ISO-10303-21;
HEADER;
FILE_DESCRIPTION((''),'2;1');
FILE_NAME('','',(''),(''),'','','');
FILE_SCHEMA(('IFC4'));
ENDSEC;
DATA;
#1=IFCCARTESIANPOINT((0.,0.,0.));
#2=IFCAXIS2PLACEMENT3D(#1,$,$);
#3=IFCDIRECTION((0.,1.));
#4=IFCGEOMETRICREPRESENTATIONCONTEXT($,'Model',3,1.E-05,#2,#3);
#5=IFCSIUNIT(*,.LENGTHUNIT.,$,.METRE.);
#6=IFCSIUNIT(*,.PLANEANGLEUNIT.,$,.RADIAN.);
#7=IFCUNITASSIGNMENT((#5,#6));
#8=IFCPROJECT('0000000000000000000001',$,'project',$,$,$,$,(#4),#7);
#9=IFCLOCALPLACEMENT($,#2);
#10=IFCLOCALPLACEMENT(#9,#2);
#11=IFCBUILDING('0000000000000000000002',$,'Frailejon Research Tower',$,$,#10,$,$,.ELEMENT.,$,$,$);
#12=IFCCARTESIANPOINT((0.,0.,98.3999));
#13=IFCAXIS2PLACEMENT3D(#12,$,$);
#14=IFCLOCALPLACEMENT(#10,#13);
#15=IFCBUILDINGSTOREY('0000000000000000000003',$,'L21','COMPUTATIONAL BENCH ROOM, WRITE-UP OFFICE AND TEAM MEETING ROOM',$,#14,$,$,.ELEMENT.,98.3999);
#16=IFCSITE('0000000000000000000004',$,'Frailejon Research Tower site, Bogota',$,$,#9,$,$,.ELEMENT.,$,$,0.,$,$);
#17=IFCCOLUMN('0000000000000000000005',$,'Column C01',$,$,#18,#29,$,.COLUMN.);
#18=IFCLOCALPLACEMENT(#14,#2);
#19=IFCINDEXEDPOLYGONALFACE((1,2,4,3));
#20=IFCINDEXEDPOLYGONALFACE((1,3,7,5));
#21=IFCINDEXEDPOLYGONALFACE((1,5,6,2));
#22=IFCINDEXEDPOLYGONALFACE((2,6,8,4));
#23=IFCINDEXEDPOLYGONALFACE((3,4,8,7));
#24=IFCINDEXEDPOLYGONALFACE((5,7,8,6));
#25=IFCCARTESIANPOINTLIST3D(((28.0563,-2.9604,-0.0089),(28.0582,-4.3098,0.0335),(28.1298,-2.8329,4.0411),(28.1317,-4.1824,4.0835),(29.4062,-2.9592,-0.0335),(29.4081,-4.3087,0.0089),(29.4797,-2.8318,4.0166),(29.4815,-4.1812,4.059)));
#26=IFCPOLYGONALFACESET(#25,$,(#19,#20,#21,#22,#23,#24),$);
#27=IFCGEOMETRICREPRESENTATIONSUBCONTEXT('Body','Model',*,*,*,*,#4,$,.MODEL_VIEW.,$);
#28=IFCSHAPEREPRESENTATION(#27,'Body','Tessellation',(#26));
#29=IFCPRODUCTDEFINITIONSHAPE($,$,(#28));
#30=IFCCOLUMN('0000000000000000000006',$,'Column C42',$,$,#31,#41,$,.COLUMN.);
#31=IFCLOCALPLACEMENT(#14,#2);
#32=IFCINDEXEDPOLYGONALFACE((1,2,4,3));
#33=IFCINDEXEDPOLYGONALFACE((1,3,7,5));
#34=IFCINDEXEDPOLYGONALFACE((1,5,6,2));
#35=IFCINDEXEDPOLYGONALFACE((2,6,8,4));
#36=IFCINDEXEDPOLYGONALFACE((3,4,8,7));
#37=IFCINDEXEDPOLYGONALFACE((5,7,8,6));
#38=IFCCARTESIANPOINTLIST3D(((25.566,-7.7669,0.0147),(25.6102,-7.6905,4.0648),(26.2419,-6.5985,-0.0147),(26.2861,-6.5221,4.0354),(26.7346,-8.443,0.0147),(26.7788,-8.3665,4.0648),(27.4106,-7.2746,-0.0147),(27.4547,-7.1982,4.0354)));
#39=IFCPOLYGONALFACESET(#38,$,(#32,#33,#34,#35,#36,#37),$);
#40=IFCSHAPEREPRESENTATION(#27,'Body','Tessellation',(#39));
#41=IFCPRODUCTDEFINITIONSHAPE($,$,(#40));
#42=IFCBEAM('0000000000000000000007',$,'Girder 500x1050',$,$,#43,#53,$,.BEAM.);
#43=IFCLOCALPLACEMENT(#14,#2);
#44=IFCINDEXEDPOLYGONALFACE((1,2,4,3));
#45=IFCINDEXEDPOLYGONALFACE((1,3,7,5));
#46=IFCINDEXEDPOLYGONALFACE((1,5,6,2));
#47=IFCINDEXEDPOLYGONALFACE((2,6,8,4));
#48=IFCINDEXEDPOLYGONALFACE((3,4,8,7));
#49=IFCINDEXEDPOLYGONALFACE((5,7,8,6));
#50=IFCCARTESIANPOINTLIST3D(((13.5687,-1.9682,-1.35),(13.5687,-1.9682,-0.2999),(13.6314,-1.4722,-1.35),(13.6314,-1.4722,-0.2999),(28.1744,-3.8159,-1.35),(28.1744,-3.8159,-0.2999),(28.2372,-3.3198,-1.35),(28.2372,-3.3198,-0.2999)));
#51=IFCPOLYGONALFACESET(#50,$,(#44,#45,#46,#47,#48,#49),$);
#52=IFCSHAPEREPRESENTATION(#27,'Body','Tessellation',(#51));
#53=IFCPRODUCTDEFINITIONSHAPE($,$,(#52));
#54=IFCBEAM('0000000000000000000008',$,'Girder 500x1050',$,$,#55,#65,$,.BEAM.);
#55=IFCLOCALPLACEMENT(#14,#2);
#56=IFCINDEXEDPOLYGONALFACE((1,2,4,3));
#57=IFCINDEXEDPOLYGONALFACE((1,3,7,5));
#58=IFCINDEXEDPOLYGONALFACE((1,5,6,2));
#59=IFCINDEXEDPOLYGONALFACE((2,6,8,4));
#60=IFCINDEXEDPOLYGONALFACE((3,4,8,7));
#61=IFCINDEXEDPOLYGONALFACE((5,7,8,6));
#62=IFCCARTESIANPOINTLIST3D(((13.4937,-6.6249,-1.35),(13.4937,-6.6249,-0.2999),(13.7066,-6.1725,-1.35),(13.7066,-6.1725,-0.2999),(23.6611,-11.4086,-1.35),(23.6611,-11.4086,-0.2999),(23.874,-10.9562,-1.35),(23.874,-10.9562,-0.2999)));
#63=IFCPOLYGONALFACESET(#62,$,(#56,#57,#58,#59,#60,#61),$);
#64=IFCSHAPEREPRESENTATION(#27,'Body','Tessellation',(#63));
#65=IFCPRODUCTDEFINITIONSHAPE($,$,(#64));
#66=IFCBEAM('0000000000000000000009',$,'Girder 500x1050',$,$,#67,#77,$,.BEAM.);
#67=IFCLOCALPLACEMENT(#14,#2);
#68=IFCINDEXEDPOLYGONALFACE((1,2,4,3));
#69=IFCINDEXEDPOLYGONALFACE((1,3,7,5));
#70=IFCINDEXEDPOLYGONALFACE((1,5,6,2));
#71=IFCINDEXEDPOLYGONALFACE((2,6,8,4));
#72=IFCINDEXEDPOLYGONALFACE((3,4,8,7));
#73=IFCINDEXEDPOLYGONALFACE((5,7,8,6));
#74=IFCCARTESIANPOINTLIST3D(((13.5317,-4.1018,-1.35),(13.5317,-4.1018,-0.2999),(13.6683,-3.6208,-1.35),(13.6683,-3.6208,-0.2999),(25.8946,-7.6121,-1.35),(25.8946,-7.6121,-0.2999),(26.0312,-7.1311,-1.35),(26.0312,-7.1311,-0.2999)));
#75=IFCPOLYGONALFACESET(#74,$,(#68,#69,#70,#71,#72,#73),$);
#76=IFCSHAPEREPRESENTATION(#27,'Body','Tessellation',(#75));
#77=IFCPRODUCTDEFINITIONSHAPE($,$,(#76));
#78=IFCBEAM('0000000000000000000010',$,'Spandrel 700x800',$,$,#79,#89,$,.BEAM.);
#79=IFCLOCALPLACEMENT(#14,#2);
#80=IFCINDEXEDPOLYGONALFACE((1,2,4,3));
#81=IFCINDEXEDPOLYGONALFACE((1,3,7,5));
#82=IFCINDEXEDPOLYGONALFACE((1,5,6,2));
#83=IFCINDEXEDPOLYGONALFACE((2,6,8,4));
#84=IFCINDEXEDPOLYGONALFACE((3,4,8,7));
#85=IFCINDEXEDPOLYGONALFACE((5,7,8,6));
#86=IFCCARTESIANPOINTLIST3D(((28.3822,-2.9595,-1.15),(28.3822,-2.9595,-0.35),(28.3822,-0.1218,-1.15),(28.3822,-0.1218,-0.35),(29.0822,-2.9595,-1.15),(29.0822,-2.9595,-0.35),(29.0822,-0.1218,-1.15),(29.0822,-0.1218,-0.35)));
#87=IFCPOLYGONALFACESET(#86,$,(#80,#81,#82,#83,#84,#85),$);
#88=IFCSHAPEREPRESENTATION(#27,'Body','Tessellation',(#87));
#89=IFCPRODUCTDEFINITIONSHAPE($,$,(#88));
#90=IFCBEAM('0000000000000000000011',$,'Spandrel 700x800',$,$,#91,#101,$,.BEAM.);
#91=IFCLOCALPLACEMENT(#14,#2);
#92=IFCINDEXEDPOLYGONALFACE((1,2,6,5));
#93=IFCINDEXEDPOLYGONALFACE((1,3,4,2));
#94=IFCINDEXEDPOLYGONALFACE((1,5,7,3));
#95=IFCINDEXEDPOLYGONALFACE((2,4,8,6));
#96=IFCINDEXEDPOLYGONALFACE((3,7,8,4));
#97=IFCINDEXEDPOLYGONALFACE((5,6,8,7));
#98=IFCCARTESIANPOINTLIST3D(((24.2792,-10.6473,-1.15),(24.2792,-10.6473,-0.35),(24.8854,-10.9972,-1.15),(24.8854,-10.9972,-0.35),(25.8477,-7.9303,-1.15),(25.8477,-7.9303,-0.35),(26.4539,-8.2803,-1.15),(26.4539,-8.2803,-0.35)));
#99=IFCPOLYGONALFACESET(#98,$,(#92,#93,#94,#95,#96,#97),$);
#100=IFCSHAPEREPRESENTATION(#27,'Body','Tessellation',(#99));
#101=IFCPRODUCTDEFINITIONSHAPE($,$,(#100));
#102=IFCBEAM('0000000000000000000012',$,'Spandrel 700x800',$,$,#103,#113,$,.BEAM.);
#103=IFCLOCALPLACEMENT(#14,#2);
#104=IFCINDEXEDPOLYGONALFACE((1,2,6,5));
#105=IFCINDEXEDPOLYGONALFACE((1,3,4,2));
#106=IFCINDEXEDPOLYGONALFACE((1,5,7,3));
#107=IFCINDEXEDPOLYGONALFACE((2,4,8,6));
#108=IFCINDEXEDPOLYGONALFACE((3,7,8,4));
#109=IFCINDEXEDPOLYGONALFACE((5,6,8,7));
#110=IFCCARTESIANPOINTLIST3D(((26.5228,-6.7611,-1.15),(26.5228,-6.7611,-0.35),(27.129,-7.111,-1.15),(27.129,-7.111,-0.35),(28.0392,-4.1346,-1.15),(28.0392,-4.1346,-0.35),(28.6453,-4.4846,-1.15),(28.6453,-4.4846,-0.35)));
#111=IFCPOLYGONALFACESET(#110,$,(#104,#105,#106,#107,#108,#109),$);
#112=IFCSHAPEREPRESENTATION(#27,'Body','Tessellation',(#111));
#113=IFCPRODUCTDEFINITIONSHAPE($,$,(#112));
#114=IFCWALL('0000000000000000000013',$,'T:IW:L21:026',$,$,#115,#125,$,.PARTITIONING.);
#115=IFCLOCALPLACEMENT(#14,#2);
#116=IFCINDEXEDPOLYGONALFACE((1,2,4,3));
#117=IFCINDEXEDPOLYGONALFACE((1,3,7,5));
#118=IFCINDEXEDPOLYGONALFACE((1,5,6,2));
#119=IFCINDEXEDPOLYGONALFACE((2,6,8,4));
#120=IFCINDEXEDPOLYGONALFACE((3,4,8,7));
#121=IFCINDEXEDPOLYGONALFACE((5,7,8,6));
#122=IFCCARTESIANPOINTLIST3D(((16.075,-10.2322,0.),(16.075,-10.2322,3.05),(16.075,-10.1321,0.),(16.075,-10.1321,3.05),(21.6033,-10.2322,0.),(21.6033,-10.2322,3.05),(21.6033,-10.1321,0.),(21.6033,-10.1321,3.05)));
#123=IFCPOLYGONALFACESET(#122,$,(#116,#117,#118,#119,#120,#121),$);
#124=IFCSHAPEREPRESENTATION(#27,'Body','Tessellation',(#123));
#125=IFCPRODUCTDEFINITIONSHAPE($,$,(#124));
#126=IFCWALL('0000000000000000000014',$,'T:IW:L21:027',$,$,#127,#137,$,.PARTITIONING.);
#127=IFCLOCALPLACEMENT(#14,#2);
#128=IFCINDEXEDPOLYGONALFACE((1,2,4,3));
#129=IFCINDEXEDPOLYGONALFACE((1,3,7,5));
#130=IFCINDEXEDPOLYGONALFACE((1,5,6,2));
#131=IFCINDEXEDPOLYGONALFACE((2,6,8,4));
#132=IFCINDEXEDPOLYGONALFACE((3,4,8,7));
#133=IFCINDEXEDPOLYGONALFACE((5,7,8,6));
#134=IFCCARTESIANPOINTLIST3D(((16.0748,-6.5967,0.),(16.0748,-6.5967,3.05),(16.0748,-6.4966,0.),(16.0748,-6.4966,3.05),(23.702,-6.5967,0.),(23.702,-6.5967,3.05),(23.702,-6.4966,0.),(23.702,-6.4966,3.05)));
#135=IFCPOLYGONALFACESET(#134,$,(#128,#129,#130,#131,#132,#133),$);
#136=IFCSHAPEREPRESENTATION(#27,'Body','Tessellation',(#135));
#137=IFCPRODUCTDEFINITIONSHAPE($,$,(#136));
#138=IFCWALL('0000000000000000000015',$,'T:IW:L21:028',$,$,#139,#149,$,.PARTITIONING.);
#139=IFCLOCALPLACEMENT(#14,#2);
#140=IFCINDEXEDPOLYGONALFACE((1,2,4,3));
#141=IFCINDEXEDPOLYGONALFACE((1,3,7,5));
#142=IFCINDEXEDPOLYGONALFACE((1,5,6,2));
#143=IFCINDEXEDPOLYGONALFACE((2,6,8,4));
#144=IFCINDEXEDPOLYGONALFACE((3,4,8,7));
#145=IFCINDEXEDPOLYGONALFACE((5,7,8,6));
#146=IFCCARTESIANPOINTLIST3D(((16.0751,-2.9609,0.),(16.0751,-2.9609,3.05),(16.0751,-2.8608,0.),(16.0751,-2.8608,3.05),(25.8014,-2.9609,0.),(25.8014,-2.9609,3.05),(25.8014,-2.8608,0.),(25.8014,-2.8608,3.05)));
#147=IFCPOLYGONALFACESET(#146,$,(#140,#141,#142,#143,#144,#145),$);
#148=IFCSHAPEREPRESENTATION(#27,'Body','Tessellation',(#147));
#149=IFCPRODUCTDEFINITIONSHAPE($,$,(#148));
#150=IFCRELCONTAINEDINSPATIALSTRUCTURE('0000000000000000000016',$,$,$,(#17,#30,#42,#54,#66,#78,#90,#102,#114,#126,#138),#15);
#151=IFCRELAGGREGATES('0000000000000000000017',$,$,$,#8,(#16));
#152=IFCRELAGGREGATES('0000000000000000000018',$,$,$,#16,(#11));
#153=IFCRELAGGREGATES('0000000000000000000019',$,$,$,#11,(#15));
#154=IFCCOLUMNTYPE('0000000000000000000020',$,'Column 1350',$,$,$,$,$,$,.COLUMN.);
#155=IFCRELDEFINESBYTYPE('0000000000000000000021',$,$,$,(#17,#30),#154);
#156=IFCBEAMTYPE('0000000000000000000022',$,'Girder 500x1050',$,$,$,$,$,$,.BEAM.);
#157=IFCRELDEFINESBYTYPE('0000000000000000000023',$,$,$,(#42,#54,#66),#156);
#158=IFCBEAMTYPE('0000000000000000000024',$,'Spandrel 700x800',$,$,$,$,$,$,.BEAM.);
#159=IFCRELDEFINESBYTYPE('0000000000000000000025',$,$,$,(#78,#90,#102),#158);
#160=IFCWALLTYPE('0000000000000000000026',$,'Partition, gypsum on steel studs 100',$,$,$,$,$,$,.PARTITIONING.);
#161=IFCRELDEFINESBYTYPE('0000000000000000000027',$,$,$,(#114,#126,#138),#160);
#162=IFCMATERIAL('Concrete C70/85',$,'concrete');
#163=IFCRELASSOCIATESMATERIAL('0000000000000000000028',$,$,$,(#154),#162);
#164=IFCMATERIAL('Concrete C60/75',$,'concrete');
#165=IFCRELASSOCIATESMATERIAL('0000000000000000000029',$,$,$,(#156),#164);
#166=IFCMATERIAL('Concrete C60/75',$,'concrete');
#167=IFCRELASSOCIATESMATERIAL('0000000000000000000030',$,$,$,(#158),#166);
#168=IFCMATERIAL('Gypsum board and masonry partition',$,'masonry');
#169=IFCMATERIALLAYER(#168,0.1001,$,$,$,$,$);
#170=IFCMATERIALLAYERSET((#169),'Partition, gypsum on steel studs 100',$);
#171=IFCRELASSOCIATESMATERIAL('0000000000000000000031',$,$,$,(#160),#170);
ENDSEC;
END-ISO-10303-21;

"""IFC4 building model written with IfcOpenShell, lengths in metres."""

from ifc_helpers import new_model, si_unit, direction, frame, frame_2d, origin, origin_2d, place, context, subcontext, project, spatial, rectangle, extrude, material, layer, layer_set, material_profile, profile_set, type_object, element, save


model = new_model("IFC4")

# Units and contexts
model_context = context("Model", 3, precision=1e-05, world=origin(), true_north=direction((0.0, 1.0)))
body_context = subcontext(model_context, "Body", "Model", "MODEL_VIEW")
ifc_project = project(units=[si_unit("LENGTHUNIT", "METRE"), si_unit("PLANEANGLEUNIT", "RADIAN")], contexts=[model_context])

# Site, building, storey
site_placement = place(None, origin())
site = spatial("IfcSite", under=ifc_project, at=site_placement, Name="Frailejon Research Tower site, Bogota", CompositionType="ELEMENT", RefElevation=0.0)
building_placement = place(site_placement, origin())
building = spatial("IfcBuilding", under=site, at=building_placement, Name="Frailejon Research Tower", CompositionType="ELEMENT")
storey_placement = place(building_placement, frame((0.0, 0.0, 98.3999)))
storey = spatial("IfcBuildingStorey", under=building, at=storey_placement, Name="L21", Description="COMPUTATIONAL BENCH ROOM, WRITE-UP OFFICE AND TEAM MEETING ROOM", CompositionType="ELEMENT", Elevation=98.3999)

# Columns
ifc_material_1 = material(Name="Concrete C70/85", Category="concrete")
ifc_material_profile_1 = material_profile(ifc_material_1, rectangle(XDim=1.3501, YDim=1.3501, at=origin_2d()), Name="Column 1350")
ifc_profile_set_1 = profile_set([ifc_material_profile_1], Name="Concrete C70/85")
column_type = type_object("IfcColumnType", Name="Column 1350", PredefinedType="COLUMN", material=ifc_profile_set_1)
column_1_placement = place(storey_placement, frame((28.7322, -3.6345, 0.0), z_axis=(0.018133, 0.031446, 0.999341), x_axis=(-0.001396, 0.999505, -0.031426)))
element("IfcColumn", 1, at=column_1_placement, inside=storey, type_object=column_type, Name="Column C01", PredefinedType="COLUMN", context=body_context, shape_type="SweptSolid", body=[
    extrude(rectangle(XDim=1.3501, YDim=1.3501, at=origin_2d()), origin(), (0.0, 0.0, 1.0), 4.0527),
])
column_2_placement = place(storey_placement, frame((26.4883, -7.5208, 0.0), z_axis=(0.010908, 0.018863, 0.999763), x_axis=(0.500638, 0.865382, -0.02179)))
element("IfcColumn", 2, at=column_2_placement, inside=storey, type_object=column_type, Name="Column C42", PredefinedType="COLUMN", context=body_context, shape_type="SweptSolid", body=[
    extrude(rectangle(XDim=1.3501, YDim=1.3501, at=origin_2d()), origin(), (0.0, 0.0, 1.0), 4.051),
])

# Beams
ifc_material_2 = material(Name="Concrete C60/75", Category="concrete")
ifc_material_profile_2 = material_profile(ifc_material_2, rectangle(XDim=0.5, YDim=1.05, at=origin_2d()), Name="Girder 500x1050")
ifc_profile_set_2 = profile_set([ifc_material_profile_2], Name="Concrete C60/75")
beam_type_1 = type_object("IfcBeamType", Name="Girder 500x1050", PredefinedType="BEAM", material=ifc_profile_set_2)
beam_1_placement = place(storey_placement, frame((28.2058, -3.5679, -0.825), z_axis=(-0.992093, 0.125502, 0.0), x_axis=(-0.125502, -0.992093, 0.0)))
element("IfcBeam", 3, at=beam_1_placement, inside=storey, type_object=beam_type_1, Name="Girder 500x1050", PredefinedType="BEAM", context=body_context, shape_type="SweptSolid", body=[
    extrude(rectangle(XDim=0.5, YDim=1.05, at=origin_2d()), origin(), (0.0, 0.0, 1.0), 14.7222),
])
beam_2_placement = place(storey_placement, frame((23.7676, -11.1824, -0.825), z_axis=(-0.904853, 0.425724, 0.0), x_axis=(-0.425724, -0.904853, 0.0)))
element("IfcBeam", 4, at=beam_2_placement, inside=storey, type_object=beam_type_1, Name="Girder 500x1050", PredefinedType="BEAM", context=body_context, shape_type="SweptSolid", body=[
    extrude(rectangle(XDim=0.5, YDim=1.05, at=origin_2d()), origin(), (0.0, 0.0, 1.0), 11.2366),
])
beam_3_placement = place(storey_placement, frame((25.9629, -7.3716, -0.825), z_axis=(-0.961974, 0.27314, 0.0), x_axis=(-0.27314, -0.961974, 0.0)))
element("IfcBeam", 5, at=beam_3_placement, inside=storey, type_object=beam_type_1, Name="Girder 500x1050", PredefinedType="BEAM", context=body_context, shape_type="SweptSolid", body=[
    extrude(rectangle(XDim=0.5, YDim=1.05, at=origin_2d()), origin(), (0.0, 0.0, 1.0), 12.8516),
])
ifc_material_3 = material(Name="Concrete C60/75", Category="concrete")
ifc_material_profile_3 = material_profile(ifc_material_3, rectangle(XDim=0.7, YDim=0.8, at=origin_2d()), Name="Spandrel 700x800")
ifc_profile_set_3 = profile_set([ifc_material_profile_3], Name="Concrete C60/75")
beam_type_2 = type_object("IfcBeamType", Name="Spandrel 700x800", PredefinedType="BEAM", material=ifc_profile_set_3)
beam_4_placement = place(storey_placement, frame((28.7322, -2.9595, -0.75), z_axis=(0.0, 1.0, 0.0), x_axis=(-1.0, 0.0, 0.0)))
element("IfcBeam", 6, at=beam_4_placement, inside=storey, type_object=beam_type_2, Name="Spandrel 700x800", PredefinedType="BEAM", context=body_context, shape_type="SweptSolid", body=[
    extrude(rectangle(XDim=0.7, YDim=0.8, at=origin_2d()), origin(), (0.0, 0.0, 1.0), 2.8376),
])
beam_5_placement = place(storey_placement, frame((24.5823, -10.8223, -0.75), z_axis=(0.499981, 0.866037, 0.0), x_axis=(-0.866037, 0.499981, 0.0)))
element("IfcBeam", 7, at=beam_5_placement, inside=storey, type_object=beam_type_2, Name="Spandrel 700x800", PredefinedType="BEAM", context=body_context, shape_type="SweptSolid", body=[
    extrude(rectangle(XDim=0.7, YDim=0.8, at=origin_2d()), origin(), (0.0, 0.0, 1.0), 3.1372),
])
beam_6_placement = place(storey_placement, frame((26.8259, -6.936, -0.75), z_axis=(0.499992, 0.86603, 0.0), x_axis=(-0.86603, 0.499992, 0.0)))
element("IfcBeam", 8, at=beam_6_placement, inside=storey, type_object=beam_type_2, Name="Spandrel 700x800", PredefinedType="BEAM", context=body_context, shape_type="SweptSolid", body=[
    extrude(rectangle(XDim=0.7, YDim=0.8, at=origin_2d()), origin(), (0.0, 0.0, 1.0), 3.0327),
])

# Walls
ifc_material_4 = material(Name="Gypsum board and masonry partition", Category="masonry")
ifc_layer_1 = layer(ifc_material_4, 0.1001)
ifc_layer_set_1 = layer_set([ifc_layer_1], Name="Partition, gypsum on steel studs 100")
wall_type_1 = type_object("IfcWallType", Name="Partition, gypsum on steel studs 100", PredefinedType="PARTITIONING", material=ifc_layer_set_1)
wall_1_placement = place(storey_placement, frame((16.075, -10.1821, 0.0), z_axis=(0.0, 0.0, 1.0), x_axis=(1.0, 0.0, 0.0)))
element("IfcWall", 9, at=wall_1_placement, inside=storey, type_object=wall_type_1, Name="T:IW:L21:026", PredefinedType="PARTITIONING", context=body_context, shape_type="SweptSolid", body=[
    extrude(rectangle(XDim=5.5283, YDim=0.1001, at=frame_2d((2.7642, 0.0))), origin(), (0.0, 0.0, 1.0), 3.05),
])
wall_2_placement = place(storey_placement, frame((16.075, -6.5466, 0.0), z_axis=(0.0, 0.0, 1.0), x_axis=(1.0, 0.0, 0.0)))
element("IfcWall", 10, at=wall_2_placement, inside=storey, type_object=wall_type_1, Name="T:IW:L21:027", PredefinedType="PARTITIONING", context=body_context, shape_type="SweptSolid", body=[
    extrude(rectangle(XDim=7.6272, YDim=0.1001, at=frame_2d((3.8135, 0.0))), origin(), (0.0, 0.0, 1.0), 3.05),
])
wall_3_placement = place(storey_placement, frame((16.075, -2.9109, 0.0), z_axis=(0.0, 0.0, 1.0), x_axis=(1.0, 0.0, 0.0)))
element("IfcWall", 11, at=wall_3_placement, inside=storey, type_object=wall_type_1, Name="T:IW:L21:028", PredefinedType="PARTITIONING", context=body_context, shape_type="SweptSolid", body=[
    extrude(rectangle(XDim=9.7263, YDim=0.1001, at=frame_2d((4.8633, 0.0))), origin(), (0.0, 0.0, 1.0), 3.05),
])

save(model, "model.ifc")
